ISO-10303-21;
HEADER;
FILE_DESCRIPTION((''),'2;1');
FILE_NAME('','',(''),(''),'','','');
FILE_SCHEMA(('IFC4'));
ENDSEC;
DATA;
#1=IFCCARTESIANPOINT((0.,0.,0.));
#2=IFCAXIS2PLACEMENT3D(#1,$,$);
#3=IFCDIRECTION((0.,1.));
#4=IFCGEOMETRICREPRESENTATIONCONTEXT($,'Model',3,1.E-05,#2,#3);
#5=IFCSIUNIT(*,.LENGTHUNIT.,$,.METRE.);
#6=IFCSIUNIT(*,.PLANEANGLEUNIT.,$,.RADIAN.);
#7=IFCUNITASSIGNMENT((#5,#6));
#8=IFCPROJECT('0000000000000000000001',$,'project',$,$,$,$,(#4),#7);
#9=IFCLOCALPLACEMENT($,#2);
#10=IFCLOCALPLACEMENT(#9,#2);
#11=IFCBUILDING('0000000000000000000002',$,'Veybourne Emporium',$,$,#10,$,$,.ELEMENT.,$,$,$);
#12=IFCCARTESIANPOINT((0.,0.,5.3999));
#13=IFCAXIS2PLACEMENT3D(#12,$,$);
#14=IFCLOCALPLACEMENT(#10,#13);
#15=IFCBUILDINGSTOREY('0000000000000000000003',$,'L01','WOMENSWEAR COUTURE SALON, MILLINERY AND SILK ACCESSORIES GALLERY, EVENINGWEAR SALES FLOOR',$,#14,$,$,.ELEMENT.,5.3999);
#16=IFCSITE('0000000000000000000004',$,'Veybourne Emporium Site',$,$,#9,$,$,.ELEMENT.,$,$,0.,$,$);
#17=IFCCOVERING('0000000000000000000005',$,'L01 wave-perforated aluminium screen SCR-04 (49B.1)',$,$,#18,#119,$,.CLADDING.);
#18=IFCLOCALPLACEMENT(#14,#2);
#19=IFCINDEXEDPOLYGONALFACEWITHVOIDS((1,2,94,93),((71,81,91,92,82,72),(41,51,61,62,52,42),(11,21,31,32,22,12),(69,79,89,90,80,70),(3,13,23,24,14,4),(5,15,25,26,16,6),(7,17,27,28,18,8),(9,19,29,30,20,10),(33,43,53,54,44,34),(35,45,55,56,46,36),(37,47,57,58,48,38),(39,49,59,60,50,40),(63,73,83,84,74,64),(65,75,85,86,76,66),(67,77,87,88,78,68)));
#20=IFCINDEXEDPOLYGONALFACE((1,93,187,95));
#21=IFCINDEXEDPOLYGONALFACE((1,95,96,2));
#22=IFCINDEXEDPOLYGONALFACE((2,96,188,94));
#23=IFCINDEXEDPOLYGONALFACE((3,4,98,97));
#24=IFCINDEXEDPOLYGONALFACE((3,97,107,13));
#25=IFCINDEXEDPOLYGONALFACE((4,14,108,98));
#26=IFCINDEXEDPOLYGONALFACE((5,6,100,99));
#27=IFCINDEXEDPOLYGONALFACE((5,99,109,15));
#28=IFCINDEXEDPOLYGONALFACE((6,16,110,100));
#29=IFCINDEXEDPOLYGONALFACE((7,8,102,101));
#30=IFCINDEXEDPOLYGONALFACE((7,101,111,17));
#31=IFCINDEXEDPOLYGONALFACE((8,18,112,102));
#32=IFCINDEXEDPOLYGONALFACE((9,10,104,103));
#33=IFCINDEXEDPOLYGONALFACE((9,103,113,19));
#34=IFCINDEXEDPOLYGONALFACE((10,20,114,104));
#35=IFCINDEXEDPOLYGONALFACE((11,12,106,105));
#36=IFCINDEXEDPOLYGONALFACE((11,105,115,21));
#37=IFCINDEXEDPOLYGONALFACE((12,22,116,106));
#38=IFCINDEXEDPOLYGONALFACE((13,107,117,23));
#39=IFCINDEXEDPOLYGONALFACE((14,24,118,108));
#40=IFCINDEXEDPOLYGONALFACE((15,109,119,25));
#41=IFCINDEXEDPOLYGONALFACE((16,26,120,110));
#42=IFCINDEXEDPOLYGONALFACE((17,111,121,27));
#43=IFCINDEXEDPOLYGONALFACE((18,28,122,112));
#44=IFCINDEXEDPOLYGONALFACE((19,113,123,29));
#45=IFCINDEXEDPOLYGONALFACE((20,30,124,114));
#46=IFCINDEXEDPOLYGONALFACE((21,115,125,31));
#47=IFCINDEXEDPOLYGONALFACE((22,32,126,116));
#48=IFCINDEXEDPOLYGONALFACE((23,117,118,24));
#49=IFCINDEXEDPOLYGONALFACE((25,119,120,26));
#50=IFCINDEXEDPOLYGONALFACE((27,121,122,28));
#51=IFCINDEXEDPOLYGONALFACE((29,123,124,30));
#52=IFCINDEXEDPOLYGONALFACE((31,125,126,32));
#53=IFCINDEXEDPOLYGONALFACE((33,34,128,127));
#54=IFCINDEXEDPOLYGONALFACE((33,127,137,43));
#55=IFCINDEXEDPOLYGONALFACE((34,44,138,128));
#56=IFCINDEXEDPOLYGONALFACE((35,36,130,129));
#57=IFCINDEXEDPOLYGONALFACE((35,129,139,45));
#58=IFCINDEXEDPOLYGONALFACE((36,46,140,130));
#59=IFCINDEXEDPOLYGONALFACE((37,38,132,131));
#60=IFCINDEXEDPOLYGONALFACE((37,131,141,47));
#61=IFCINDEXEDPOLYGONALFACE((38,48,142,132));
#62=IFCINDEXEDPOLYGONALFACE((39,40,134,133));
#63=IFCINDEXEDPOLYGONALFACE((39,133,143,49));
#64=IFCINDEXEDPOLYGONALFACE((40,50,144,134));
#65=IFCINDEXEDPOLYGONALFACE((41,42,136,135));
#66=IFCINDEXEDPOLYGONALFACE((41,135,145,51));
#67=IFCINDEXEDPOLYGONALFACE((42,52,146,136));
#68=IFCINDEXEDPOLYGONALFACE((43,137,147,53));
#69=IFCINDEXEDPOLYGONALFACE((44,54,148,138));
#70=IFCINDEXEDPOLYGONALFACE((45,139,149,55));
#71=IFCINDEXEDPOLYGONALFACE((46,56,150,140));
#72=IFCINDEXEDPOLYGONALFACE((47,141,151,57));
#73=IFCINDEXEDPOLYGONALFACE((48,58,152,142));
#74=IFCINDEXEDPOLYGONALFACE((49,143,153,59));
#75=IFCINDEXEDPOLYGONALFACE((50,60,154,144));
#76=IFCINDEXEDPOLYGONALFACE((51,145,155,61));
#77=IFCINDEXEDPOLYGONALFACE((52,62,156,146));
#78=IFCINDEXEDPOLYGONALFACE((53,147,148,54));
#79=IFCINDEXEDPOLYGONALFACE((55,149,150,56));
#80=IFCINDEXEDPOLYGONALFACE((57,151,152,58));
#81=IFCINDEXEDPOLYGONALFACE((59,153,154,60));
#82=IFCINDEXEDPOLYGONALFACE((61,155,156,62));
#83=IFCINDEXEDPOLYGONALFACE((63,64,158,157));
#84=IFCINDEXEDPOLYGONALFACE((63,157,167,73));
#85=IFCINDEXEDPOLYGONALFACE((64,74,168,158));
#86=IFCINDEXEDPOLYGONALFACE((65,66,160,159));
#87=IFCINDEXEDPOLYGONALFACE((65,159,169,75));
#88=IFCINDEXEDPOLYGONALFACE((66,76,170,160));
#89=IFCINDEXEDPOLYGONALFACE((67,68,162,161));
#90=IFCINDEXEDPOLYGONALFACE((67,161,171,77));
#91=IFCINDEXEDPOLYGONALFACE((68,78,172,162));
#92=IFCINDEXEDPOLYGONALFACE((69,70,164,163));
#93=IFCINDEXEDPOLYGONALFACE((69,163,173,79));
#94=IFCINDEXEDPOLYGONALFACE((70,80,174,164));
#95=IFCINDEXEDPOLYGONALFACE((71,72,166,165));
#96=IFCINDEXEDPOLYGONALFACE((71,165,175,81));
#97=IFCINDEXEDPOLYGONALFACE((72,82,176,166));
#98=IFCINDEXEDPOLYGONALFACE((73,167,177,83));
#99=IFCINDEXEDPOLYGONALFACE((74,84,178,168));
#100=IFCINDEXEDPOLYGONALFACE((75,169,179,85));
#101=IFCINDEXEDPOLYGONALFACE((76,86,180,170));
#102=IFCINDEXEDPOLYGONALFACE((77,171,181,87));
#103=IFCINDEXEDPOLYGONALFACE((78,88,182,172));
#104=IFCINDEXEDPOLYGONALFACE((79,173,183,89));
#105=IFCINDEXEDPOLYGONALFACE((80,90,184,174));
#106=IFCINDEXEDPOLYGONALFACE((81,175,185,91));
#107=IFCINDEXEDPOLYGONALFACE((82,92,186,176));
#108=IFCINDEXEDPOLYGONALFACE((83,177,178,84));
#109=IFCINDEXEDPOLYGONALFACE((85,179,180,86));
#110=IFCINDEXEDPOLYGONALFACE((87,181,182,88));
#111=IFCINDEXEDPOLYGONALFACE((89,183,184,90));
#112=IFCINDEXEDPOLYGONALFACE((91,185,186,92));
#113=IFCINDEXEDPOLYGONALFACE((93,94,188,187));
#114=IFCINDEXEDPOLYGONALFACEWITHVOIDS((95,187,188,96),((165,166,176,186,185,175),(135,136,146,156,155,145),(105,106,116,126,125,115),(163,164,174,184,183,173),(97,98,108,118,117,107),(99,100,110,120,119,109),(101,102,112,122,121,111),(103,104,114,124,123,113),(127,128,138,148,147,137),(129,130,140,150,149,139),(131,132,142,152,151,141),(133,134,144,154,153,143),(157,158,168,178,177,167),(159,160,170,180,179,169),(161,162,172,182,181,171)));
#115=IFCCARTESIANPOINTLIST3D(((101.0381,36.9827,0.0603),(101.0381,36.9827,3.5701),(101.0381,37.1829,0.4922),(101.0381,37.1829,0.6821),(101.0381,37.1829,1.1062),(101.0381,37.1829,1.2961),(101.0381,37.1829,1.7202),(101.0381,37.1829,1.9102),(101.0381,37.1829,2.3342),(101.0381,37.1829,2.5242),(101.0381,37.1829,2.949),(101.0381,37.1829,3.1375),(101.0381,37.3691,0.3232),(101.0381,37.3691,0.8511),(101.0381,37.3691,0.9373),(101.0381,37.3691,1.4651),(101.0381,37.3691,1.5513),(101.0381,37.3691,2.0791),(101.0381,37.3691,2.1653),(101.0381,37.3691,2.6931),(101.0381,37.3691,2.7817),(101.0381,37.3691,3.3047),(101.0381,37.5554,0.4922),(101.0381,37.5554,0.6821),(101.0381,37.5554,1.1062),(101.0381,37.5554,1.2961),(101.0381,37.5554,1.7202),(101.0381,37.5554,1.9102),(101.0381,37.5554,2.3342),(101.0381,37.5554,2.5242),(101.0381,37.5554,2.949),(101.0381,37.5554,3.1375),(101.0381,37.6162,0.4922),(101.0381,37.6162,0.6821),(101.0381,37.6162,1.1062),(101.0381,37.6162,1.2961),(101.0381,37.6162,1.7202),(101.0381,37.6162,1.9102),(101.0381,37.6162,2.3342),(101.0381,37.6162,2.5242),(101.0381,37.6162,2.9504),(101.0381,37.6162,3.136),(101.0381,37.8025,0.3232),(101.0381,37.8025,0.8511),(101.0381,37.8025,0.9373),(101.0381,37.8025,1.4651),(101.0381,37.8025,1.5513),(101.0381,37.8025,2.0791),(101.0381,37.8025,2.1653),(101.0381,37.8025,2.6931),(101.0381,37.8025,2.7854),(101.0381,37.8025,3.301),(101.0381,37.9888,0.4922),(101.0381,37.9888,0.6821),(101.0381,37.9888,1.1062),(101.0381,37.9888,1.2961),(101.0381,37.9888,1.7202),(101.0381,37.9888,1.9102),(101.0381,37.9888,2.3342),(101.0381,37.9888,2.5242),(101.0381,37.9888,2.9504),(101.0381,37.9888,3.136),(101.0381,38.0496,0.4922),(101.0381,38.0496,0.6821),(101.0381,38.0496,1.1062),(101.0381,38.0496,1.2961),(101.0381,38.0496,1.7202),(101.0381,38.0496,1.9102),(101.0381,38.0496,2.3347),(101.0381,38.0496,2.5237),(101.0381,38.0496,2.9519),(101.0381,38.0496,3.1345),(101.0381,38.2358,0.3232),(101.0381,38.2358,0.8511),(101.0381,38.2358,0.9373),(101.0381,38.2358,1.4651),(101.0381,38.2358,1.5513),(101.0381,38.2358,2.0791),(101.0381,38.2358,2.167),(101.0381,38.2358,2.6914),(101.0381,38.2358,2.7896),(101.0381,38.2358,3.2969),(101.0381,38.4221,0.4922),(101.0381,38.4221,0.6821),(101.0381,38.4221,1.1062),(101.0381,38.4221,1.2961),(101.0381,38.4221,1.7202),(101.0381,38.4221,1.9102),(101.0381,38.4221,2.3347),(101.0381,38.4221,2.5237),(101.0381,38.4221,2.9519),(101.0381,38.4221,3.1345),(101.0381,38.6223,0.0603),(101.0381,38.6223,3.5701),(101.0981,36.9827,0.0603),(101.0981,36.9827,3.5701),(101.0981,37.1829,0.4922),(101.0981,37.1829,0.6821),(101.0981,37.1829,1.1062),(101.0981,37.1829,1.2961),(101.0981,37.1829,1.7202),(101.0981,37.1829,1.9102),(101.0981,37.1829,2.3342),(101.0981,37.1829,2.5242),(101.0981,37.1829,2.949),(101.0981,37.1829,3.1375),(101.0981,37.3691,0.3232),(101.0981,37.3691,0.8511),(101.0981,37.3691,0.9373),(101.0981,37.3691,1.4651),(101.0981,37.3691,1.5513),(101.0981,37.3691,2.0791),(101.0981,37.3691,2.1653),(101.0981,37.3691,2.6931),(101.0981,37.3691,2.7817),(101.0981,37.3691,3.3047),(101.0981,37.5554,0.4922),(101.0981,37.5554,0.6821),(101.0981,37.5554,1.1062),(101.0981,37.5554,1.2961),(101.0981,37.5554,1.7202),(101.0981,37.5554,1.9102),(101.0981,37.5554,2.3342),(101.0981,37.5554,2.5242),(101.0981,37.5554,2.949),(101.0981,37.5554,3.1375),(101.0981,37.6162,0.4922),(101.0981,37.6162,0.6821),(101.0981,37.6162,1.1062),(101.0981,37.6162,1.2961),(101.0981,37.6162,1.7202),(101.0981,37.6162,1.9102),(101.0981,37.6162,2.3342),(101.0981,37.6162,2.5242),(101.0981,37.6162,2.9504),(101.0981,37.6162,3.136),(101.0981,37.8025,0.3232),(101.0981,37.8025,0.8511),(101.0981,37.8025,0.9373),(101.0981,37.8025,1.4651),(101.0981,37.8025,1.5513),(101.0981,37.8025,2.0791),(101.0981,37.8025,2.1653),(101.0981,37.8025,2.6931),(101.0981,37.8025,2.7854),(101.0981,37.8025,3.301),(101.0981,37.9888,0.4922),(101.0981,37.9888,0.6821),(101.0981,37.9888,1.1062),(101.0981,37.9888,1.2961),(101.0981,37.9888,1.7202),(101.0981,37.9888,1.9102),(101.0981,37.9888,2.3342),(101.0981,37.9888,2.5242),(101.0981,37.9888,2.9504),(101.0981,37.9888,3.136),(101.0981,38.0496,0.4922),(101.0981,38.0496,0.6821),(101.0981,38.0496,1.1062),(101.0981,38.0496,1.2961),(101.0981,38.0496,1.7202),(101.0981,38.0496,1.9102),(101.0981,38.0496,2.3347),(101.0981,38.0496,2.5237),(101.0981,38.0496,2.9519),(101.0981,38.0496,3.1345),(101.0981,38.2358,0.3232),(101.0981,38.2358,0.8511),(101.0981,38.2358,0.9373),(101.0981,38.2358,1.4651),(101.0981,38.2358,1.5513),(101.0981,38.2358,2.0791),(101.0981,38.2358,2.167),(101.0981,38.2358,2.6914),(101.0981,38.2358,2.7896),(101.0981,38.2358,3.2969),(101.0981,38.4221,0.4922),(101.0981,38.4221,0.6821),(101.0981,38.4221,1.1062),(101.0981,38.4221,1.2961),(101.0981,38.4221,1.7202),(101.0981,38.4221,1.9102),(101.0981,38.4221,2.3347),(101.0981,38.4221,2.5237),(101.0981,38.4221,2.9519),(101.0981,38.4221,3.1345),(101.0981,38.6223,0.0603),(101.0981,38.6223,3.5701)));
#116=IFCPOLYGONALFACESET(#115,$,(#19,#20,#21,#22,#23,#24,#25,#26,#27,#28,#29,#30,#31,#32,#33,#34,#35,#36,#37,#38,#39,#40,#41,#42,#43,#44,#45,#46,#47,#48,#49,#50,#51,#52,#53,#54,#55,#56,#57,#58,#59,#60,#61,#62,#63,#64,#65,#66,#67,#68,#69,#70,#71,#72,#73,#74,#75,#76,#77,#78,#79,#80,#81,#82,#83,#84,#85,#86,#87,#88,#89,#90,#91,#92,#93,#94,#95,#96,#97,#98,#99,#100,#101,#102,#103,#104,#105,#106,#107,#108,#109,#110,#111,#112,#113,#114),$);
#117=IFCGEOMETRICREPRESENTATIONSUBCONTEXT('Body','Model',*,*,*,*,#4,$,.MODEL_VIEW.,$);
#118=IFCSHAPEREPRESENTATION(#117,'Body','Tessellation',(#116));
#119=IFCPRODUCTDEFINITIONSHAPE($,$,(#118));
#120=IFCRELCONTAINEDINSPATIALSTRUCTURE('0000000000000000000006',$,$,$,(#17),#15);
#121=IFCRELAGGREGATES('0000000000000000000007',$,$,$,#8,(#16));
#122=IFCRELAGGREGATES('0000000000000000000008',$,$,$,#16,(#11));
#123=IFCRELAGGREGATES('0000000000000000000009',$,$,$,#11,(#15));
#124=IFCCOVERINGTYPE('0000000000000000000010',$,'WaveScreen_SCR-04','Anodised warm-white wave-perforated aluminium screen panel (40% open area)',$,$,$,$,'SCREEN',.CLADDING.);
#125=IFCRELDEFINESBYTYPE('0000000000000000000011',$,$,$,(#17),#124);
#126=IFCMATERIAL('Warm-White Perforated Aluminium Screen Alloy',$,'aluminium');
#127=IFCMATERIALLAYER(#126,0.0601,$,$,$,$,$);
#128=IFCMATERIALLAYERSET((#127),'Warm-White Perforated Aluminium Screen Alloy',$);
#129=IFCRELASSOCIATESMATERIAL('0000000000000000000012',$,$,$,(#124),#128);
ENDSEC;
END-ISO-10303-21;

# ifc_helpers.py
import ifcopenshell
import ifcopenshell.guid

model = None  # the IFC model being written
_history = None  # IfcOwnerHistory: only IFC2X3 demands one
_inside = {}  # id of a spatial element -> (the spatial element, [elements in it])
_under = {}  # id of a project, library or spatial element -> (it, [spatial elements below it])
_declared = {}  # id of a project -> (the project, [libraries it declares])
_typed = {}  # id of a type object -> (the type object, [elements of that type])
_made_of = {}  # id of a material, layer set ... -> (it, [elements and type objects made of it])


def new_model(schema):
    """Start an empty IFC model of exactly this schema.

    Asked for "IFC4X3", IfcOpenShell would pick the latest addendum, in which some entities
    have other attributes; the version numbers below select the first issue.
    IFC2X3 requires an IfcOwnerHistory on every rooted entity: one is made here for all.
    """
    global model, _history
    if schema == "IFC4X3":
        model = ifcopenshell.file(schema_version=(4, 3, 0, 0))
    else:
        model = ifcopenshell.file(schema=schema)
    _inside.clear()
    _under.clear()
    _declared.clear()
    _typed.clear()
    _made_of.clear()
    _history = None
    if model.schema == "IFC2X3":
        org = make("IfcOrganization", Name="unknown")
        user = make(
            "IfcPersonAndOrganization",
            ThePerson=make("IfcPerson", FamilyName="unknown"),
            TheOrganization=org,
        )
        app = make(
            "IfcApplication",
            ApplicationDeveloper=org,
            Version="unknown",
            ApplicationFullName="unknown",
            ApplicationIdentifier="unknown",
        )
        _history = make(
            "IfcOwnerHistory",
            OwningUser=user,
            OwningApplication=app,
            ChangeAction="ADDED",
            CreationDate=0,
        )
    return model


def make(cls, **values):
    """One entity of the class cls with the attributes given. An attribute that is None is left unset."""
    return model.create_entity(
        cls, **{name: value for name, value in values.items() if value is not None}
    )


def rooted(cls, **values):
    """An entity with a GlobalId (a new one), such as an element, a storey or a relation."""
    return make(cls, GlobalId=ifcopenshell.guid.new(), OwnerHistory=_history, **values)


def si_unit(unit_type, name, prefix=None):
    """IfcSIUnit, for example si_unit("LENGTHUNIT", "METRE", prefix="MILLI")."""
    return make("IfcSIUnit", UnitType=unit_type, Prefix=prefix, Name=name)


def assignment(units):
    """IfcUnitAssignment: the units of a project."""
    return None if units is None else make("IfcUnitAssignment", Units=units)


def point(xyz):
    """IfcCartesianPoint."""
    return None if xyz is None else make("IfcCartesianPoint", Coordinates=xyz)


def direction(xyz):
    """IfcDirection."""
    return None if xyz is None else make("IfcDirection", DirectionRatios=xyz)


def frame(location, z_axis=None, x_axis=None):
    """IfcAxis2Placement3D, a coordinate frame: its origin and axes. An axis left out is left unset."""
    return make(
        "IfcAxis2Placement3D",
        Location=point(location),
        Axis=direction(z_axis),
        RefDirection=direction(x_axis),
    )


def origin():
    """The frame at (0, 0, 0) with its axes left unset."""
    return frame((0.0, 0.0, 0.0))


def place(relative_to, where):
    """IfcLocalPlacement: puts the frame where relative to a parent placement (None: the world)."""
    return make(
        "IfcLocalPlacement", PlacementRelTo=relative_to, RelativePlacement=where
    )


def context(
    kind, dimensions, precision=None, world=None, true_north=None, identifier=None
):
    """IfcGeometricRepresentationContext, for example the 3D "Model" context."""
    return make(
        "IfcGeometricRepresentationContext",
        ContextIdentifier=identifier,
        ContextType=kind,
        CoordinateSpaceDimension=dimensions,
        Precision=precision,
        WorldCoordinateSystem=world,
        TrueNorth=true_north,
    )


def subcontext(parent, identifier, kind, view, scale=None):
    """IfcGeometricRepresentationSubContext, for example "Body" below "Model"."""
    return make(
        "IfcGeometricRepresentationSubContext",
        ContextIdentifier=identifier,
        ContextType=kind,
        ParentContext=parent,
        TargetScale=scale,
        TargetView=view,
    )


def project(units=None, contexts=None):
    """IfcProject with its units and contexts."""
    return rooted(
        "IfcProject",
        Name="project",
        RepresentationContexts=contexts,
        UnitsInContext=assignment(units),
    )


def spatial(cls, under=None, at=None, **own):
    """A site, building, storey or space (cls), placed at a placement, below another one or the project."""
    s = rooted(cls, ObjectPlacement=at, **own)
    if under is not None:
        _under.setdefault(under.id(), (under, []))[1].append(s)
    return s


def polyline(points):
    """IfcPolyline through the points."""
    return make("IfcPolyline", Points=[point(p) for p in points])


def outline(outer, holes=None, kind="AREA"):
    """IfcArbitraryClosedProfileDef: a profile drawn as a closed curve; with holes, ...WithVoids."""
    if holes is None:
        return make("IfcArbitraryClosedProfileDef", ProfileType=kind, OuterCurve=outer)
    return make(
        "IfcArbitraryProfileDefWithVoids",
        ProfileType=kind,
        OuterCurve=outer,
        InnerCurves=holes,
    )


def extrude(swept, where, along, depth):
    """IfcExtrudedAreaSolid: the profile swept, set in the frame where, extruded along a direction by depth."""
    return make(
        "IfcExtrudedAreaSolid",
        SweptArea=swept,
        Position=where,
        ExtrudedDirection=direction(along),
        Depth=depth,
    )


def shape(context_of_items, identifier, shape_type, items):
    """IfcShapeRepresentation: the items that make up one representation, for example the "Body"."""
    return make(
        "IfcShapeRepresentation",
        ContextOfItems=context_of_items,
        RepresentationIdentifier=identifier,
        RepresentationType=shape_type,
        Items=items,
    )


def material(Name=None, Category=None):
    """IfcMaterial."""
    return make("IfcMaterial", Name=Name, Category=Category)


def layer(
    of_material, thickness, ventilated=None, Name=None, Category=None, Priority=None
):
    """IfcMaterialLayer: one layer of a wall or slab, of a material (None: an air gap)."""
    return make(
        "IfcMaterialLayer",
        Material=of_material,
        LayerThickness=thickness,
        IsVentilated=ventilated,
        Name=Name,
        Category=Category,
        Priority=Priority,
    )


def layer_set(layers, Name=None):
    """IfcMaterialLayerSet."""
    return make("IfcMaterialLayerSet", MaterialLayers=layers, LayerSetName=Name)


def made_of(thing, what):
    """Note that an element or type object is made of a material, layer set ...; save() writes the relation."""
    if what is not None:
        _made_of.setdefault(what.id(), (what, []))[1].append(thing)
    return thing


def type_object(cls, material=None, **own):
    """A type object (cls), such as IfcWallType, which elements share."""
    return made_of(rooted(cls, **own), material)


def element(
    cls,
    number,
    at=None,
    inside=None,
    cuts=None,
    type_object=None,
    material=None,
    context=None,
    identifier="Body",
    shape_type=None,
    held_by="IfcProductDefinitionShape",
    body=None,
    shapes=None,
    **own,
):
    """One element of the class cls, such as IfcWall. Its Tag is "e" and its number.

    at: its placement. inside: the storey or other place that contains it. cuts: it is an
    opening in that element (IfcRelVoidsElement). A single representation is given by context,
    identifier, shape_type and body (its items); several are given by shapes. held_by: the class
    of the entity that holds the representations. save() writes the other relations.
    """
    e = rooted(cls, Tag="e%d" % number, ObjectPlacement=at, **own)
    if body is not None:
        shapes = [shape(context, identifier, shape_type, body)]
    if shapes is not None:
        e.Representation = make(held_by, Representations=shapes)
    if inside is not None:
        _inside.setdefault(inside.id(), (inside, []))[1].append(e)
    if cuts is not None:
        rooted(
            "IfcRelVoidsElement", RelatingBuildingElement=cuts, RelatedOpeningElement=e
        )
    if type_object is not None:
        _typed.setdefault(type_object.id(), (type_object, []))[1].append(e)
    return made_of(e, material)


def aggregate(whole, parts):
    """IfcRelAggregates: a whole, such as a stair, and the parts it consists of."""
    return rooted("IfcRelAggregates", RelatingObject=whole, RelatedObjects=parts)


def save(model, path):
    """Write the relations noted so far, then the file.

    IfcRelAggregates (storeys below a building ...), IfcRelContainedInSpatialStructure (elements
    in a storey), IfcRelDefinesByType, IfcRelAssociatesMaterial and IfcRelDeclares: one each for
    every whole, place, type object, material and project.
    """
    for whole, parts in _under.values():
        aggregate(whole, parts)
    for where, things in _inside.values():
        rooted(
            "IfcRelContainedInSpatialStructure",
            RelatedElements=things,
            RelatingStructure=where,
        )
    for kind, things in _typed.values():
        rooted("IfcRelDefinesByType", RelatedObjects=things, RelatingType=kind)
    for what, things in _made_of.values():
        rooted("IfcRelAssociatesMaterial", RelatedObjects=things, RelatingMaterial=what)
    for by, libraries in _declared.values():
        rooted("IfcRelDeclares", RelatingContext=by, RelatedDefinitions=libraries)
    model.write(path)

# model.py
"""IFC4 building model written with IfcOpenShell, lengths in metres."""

from ifc_helpers import new_model, si_unit, direction, frame, origin, place, context, subcontext, project, spatial, polyline, outline, extrude, material, layer, layer_set, type_object, element, save


model = new_model("IFC4")

# Units and contexts
model_context = context("Model", 3, precision=1e-05, world=origin(), true_north=direction((0.0, 1.0)))
body_context = subcontext(model_context, "Body", "Model", "MODEL_VIEW")
ifc_project = project(units=[si_unit("LENGTHUNIT", "METRE"), si_unit("PLANEANGLEUNIT", "RADIAN")], contexts=[model_context])

# Site, building, storey
site_placement = place(None, origin())
site = spatial("IfcSite", under=ifc_project, at=site_placement, Name="Veybourne Emporium Site", CompositionType="ELEMENT", RefElevation=0.0)
building_placement = place(site_placement, origin())
building = spatial("IfcBuilding", under=site, at=building_placement, Name="Veybourne Emporium", CompositionType="ELEMENT")
storey_placement = place(building_placement, frame((0.0, 0.0, 5.3999)))
storey = spatial("IfcBuildingStorey", under=building, at=storey_placement, Name="L01", Description="WOMENSWEAR COUTURE SALON, MILLINERY AND SILK ACCESSORIES GALLERY, EVENINGWEAR SALES FLOOR", CompositionType="ELEMENT", Elevation=5.3999)

# Covering
ifc_material_1 = material(Name="Warm-White Perforated Aluminium Screen Alloy", Category="aluminium")
ifc_layer_1 = layer(ifc_material_1, 0.0601)
ifc_layer_set_1 = layer_set([ifc_layer_1], Name="Warm-White Perforated Aluminium Screen Alloy")
covering_type_1 = type_object("IfcCoveringType", Name="WaveScreen_SCR-04", Description="Anodised warm-white wave-perforated aluminium screen panel (40% open area)", ElementType="SCREEN", PredefinedType="CLADDING", material=ifc_layer_set_1)
covering_1_placement = place(storey_placement, frame((101.0981, 37.8025, 1.8152), z_axis=(-1.0, 0.0, 0.0), x_axis=(0.0, -1.0, 0.0)))
element("IfcCovering", 1, at=covering_1_placement, inside=storey, type_object=covering_type_1, Name="L01 wave-perforated aluminium screen SCR-04 (49B.1)", PredefinedType="CLADDING", context=body_context, shape_type="SweptSolid", body=[
    extrude(outline(polyline([(-0.8198, -1.7549), (0.8198, -1.7549), (0.8198, 1.7549), (-0.8198, 1.7549), (-0.8198, -1.7549)]), holes=[polyline([(-0.4333, -0.9641), (-0.2471, -1.1331), (-0.2471, -1.323), (-0.4333, -1.4919), (-0.6196, -1.323), (-0.6196, -1.1331), (-0.4333, -0.9641)]), polyline([(-0.4333, -0.3501), (-0.2471, -0.519), (-0.2471, -0.709), (-0.4333, -0.8779), (-0.6196, -0.709), (-0.6196, -0.519), (-0.4333, -0.3501)]), polyline([(-0.4333, 0.2639), (-0.2471, 0.095), (-0.2471, -0.095), (-0.4333, -0.2639), (-0.6196, -0.095), (-0.6196, 0.095), (-0.4333, 0.2639)]), polyline([(-0.4333, 0.8762), (-0.2471, 0.7085), (-0.2471, 0.5195), (-0.4333, 0.3518), (-0.6196, 0.5195), (-0.6196, 0.7085), (-0.4333, 0.8762)]), polyline([(-0.4333, 1.4817), (-0.2471, 1.3193), (-0.2471, 1.1367), (-0.4333, 0.9744), (-0.6196, 1.1367), (-0.6196, 1.3193), (-0.4333, 1.4817)]), polyline([(0.0, -0.9641), (0.1863, -1.1331), (0.1863, -1.323), (0.0, -1.4919), (-0.1863, -1.323), (-0.1863, -1.1331), (0.0, -0.9641)]), polyline([(0.0, -0.3501), (0.1863, -0.519), (0.1863, -0.709), (0.0, -0.8779), (-0.1863, -0.709), (-0.1863, -0.519), (0.0, -0.3501)]), polyline([(0.0, 0.2639), (0.1863, 0.095), (0.1863, -0.095), (0.0, -0.2639), (-0.1863, -0.095), (-0.1863, 0.095), (0.0, 0.2639)]), polyline([(0.0, 0.8779), (0.1863, 0.709), (0.1863, 0.519), (0.0, 0.3501), (-0.1863, 0.519), (-0.1863, 0.709), (0.0, 0.8779)]), polyline([(0.0, 1.4858), (0.1863, 1.3208), (0.1863, 1.1353), (0.0, 0.9702), (-0.1863, 1.1353), (-0.1863, 1.3208), (0.0, 1.4858)]), polyline([(0.4333, -0.9641), (0.6196, -1.1331), (0.6196, -1.323), (0.4333, -1.4919), (0.2471, -1.323), (0.2471, -1.1331), (0.4333, -0.9641)]), polyline([(0.4333, -0.3501), (0.6196, -0.519), (0.6196, -0.709), (0.4333, -0.8779), (0.2471, -0.709), (0.2471, -0.519), (0.4333, -0.3501)]), polyline([(0.4333, 0.2639), (0.6196, 0.095), (0.6196, -0.095), (0.4333, -0.2639), (0.2471, -0.095), (0.2471, 0.095), (0.4333, 0.2639)]), polyline([(0.4333, 0.8779), (0.6196, 0.709), (0.6196, 0.519), (0.4333, 0.3501), (0.2471, 0.519), (0.2471, 0.709), (0.4333, 0.8779)]), polyline([(0.4333, 1.4895), (0.6196, 1.3223), (0.6196, 1.1338), (0.4333, 0.9666), (0.2471, 1.1338), (0.2471, 1.3223), (0.4333, 1.4895)])]), origin(), (0.0, 0.0, 1.0), 0.0601),
])

save(model, "model.ifc")
